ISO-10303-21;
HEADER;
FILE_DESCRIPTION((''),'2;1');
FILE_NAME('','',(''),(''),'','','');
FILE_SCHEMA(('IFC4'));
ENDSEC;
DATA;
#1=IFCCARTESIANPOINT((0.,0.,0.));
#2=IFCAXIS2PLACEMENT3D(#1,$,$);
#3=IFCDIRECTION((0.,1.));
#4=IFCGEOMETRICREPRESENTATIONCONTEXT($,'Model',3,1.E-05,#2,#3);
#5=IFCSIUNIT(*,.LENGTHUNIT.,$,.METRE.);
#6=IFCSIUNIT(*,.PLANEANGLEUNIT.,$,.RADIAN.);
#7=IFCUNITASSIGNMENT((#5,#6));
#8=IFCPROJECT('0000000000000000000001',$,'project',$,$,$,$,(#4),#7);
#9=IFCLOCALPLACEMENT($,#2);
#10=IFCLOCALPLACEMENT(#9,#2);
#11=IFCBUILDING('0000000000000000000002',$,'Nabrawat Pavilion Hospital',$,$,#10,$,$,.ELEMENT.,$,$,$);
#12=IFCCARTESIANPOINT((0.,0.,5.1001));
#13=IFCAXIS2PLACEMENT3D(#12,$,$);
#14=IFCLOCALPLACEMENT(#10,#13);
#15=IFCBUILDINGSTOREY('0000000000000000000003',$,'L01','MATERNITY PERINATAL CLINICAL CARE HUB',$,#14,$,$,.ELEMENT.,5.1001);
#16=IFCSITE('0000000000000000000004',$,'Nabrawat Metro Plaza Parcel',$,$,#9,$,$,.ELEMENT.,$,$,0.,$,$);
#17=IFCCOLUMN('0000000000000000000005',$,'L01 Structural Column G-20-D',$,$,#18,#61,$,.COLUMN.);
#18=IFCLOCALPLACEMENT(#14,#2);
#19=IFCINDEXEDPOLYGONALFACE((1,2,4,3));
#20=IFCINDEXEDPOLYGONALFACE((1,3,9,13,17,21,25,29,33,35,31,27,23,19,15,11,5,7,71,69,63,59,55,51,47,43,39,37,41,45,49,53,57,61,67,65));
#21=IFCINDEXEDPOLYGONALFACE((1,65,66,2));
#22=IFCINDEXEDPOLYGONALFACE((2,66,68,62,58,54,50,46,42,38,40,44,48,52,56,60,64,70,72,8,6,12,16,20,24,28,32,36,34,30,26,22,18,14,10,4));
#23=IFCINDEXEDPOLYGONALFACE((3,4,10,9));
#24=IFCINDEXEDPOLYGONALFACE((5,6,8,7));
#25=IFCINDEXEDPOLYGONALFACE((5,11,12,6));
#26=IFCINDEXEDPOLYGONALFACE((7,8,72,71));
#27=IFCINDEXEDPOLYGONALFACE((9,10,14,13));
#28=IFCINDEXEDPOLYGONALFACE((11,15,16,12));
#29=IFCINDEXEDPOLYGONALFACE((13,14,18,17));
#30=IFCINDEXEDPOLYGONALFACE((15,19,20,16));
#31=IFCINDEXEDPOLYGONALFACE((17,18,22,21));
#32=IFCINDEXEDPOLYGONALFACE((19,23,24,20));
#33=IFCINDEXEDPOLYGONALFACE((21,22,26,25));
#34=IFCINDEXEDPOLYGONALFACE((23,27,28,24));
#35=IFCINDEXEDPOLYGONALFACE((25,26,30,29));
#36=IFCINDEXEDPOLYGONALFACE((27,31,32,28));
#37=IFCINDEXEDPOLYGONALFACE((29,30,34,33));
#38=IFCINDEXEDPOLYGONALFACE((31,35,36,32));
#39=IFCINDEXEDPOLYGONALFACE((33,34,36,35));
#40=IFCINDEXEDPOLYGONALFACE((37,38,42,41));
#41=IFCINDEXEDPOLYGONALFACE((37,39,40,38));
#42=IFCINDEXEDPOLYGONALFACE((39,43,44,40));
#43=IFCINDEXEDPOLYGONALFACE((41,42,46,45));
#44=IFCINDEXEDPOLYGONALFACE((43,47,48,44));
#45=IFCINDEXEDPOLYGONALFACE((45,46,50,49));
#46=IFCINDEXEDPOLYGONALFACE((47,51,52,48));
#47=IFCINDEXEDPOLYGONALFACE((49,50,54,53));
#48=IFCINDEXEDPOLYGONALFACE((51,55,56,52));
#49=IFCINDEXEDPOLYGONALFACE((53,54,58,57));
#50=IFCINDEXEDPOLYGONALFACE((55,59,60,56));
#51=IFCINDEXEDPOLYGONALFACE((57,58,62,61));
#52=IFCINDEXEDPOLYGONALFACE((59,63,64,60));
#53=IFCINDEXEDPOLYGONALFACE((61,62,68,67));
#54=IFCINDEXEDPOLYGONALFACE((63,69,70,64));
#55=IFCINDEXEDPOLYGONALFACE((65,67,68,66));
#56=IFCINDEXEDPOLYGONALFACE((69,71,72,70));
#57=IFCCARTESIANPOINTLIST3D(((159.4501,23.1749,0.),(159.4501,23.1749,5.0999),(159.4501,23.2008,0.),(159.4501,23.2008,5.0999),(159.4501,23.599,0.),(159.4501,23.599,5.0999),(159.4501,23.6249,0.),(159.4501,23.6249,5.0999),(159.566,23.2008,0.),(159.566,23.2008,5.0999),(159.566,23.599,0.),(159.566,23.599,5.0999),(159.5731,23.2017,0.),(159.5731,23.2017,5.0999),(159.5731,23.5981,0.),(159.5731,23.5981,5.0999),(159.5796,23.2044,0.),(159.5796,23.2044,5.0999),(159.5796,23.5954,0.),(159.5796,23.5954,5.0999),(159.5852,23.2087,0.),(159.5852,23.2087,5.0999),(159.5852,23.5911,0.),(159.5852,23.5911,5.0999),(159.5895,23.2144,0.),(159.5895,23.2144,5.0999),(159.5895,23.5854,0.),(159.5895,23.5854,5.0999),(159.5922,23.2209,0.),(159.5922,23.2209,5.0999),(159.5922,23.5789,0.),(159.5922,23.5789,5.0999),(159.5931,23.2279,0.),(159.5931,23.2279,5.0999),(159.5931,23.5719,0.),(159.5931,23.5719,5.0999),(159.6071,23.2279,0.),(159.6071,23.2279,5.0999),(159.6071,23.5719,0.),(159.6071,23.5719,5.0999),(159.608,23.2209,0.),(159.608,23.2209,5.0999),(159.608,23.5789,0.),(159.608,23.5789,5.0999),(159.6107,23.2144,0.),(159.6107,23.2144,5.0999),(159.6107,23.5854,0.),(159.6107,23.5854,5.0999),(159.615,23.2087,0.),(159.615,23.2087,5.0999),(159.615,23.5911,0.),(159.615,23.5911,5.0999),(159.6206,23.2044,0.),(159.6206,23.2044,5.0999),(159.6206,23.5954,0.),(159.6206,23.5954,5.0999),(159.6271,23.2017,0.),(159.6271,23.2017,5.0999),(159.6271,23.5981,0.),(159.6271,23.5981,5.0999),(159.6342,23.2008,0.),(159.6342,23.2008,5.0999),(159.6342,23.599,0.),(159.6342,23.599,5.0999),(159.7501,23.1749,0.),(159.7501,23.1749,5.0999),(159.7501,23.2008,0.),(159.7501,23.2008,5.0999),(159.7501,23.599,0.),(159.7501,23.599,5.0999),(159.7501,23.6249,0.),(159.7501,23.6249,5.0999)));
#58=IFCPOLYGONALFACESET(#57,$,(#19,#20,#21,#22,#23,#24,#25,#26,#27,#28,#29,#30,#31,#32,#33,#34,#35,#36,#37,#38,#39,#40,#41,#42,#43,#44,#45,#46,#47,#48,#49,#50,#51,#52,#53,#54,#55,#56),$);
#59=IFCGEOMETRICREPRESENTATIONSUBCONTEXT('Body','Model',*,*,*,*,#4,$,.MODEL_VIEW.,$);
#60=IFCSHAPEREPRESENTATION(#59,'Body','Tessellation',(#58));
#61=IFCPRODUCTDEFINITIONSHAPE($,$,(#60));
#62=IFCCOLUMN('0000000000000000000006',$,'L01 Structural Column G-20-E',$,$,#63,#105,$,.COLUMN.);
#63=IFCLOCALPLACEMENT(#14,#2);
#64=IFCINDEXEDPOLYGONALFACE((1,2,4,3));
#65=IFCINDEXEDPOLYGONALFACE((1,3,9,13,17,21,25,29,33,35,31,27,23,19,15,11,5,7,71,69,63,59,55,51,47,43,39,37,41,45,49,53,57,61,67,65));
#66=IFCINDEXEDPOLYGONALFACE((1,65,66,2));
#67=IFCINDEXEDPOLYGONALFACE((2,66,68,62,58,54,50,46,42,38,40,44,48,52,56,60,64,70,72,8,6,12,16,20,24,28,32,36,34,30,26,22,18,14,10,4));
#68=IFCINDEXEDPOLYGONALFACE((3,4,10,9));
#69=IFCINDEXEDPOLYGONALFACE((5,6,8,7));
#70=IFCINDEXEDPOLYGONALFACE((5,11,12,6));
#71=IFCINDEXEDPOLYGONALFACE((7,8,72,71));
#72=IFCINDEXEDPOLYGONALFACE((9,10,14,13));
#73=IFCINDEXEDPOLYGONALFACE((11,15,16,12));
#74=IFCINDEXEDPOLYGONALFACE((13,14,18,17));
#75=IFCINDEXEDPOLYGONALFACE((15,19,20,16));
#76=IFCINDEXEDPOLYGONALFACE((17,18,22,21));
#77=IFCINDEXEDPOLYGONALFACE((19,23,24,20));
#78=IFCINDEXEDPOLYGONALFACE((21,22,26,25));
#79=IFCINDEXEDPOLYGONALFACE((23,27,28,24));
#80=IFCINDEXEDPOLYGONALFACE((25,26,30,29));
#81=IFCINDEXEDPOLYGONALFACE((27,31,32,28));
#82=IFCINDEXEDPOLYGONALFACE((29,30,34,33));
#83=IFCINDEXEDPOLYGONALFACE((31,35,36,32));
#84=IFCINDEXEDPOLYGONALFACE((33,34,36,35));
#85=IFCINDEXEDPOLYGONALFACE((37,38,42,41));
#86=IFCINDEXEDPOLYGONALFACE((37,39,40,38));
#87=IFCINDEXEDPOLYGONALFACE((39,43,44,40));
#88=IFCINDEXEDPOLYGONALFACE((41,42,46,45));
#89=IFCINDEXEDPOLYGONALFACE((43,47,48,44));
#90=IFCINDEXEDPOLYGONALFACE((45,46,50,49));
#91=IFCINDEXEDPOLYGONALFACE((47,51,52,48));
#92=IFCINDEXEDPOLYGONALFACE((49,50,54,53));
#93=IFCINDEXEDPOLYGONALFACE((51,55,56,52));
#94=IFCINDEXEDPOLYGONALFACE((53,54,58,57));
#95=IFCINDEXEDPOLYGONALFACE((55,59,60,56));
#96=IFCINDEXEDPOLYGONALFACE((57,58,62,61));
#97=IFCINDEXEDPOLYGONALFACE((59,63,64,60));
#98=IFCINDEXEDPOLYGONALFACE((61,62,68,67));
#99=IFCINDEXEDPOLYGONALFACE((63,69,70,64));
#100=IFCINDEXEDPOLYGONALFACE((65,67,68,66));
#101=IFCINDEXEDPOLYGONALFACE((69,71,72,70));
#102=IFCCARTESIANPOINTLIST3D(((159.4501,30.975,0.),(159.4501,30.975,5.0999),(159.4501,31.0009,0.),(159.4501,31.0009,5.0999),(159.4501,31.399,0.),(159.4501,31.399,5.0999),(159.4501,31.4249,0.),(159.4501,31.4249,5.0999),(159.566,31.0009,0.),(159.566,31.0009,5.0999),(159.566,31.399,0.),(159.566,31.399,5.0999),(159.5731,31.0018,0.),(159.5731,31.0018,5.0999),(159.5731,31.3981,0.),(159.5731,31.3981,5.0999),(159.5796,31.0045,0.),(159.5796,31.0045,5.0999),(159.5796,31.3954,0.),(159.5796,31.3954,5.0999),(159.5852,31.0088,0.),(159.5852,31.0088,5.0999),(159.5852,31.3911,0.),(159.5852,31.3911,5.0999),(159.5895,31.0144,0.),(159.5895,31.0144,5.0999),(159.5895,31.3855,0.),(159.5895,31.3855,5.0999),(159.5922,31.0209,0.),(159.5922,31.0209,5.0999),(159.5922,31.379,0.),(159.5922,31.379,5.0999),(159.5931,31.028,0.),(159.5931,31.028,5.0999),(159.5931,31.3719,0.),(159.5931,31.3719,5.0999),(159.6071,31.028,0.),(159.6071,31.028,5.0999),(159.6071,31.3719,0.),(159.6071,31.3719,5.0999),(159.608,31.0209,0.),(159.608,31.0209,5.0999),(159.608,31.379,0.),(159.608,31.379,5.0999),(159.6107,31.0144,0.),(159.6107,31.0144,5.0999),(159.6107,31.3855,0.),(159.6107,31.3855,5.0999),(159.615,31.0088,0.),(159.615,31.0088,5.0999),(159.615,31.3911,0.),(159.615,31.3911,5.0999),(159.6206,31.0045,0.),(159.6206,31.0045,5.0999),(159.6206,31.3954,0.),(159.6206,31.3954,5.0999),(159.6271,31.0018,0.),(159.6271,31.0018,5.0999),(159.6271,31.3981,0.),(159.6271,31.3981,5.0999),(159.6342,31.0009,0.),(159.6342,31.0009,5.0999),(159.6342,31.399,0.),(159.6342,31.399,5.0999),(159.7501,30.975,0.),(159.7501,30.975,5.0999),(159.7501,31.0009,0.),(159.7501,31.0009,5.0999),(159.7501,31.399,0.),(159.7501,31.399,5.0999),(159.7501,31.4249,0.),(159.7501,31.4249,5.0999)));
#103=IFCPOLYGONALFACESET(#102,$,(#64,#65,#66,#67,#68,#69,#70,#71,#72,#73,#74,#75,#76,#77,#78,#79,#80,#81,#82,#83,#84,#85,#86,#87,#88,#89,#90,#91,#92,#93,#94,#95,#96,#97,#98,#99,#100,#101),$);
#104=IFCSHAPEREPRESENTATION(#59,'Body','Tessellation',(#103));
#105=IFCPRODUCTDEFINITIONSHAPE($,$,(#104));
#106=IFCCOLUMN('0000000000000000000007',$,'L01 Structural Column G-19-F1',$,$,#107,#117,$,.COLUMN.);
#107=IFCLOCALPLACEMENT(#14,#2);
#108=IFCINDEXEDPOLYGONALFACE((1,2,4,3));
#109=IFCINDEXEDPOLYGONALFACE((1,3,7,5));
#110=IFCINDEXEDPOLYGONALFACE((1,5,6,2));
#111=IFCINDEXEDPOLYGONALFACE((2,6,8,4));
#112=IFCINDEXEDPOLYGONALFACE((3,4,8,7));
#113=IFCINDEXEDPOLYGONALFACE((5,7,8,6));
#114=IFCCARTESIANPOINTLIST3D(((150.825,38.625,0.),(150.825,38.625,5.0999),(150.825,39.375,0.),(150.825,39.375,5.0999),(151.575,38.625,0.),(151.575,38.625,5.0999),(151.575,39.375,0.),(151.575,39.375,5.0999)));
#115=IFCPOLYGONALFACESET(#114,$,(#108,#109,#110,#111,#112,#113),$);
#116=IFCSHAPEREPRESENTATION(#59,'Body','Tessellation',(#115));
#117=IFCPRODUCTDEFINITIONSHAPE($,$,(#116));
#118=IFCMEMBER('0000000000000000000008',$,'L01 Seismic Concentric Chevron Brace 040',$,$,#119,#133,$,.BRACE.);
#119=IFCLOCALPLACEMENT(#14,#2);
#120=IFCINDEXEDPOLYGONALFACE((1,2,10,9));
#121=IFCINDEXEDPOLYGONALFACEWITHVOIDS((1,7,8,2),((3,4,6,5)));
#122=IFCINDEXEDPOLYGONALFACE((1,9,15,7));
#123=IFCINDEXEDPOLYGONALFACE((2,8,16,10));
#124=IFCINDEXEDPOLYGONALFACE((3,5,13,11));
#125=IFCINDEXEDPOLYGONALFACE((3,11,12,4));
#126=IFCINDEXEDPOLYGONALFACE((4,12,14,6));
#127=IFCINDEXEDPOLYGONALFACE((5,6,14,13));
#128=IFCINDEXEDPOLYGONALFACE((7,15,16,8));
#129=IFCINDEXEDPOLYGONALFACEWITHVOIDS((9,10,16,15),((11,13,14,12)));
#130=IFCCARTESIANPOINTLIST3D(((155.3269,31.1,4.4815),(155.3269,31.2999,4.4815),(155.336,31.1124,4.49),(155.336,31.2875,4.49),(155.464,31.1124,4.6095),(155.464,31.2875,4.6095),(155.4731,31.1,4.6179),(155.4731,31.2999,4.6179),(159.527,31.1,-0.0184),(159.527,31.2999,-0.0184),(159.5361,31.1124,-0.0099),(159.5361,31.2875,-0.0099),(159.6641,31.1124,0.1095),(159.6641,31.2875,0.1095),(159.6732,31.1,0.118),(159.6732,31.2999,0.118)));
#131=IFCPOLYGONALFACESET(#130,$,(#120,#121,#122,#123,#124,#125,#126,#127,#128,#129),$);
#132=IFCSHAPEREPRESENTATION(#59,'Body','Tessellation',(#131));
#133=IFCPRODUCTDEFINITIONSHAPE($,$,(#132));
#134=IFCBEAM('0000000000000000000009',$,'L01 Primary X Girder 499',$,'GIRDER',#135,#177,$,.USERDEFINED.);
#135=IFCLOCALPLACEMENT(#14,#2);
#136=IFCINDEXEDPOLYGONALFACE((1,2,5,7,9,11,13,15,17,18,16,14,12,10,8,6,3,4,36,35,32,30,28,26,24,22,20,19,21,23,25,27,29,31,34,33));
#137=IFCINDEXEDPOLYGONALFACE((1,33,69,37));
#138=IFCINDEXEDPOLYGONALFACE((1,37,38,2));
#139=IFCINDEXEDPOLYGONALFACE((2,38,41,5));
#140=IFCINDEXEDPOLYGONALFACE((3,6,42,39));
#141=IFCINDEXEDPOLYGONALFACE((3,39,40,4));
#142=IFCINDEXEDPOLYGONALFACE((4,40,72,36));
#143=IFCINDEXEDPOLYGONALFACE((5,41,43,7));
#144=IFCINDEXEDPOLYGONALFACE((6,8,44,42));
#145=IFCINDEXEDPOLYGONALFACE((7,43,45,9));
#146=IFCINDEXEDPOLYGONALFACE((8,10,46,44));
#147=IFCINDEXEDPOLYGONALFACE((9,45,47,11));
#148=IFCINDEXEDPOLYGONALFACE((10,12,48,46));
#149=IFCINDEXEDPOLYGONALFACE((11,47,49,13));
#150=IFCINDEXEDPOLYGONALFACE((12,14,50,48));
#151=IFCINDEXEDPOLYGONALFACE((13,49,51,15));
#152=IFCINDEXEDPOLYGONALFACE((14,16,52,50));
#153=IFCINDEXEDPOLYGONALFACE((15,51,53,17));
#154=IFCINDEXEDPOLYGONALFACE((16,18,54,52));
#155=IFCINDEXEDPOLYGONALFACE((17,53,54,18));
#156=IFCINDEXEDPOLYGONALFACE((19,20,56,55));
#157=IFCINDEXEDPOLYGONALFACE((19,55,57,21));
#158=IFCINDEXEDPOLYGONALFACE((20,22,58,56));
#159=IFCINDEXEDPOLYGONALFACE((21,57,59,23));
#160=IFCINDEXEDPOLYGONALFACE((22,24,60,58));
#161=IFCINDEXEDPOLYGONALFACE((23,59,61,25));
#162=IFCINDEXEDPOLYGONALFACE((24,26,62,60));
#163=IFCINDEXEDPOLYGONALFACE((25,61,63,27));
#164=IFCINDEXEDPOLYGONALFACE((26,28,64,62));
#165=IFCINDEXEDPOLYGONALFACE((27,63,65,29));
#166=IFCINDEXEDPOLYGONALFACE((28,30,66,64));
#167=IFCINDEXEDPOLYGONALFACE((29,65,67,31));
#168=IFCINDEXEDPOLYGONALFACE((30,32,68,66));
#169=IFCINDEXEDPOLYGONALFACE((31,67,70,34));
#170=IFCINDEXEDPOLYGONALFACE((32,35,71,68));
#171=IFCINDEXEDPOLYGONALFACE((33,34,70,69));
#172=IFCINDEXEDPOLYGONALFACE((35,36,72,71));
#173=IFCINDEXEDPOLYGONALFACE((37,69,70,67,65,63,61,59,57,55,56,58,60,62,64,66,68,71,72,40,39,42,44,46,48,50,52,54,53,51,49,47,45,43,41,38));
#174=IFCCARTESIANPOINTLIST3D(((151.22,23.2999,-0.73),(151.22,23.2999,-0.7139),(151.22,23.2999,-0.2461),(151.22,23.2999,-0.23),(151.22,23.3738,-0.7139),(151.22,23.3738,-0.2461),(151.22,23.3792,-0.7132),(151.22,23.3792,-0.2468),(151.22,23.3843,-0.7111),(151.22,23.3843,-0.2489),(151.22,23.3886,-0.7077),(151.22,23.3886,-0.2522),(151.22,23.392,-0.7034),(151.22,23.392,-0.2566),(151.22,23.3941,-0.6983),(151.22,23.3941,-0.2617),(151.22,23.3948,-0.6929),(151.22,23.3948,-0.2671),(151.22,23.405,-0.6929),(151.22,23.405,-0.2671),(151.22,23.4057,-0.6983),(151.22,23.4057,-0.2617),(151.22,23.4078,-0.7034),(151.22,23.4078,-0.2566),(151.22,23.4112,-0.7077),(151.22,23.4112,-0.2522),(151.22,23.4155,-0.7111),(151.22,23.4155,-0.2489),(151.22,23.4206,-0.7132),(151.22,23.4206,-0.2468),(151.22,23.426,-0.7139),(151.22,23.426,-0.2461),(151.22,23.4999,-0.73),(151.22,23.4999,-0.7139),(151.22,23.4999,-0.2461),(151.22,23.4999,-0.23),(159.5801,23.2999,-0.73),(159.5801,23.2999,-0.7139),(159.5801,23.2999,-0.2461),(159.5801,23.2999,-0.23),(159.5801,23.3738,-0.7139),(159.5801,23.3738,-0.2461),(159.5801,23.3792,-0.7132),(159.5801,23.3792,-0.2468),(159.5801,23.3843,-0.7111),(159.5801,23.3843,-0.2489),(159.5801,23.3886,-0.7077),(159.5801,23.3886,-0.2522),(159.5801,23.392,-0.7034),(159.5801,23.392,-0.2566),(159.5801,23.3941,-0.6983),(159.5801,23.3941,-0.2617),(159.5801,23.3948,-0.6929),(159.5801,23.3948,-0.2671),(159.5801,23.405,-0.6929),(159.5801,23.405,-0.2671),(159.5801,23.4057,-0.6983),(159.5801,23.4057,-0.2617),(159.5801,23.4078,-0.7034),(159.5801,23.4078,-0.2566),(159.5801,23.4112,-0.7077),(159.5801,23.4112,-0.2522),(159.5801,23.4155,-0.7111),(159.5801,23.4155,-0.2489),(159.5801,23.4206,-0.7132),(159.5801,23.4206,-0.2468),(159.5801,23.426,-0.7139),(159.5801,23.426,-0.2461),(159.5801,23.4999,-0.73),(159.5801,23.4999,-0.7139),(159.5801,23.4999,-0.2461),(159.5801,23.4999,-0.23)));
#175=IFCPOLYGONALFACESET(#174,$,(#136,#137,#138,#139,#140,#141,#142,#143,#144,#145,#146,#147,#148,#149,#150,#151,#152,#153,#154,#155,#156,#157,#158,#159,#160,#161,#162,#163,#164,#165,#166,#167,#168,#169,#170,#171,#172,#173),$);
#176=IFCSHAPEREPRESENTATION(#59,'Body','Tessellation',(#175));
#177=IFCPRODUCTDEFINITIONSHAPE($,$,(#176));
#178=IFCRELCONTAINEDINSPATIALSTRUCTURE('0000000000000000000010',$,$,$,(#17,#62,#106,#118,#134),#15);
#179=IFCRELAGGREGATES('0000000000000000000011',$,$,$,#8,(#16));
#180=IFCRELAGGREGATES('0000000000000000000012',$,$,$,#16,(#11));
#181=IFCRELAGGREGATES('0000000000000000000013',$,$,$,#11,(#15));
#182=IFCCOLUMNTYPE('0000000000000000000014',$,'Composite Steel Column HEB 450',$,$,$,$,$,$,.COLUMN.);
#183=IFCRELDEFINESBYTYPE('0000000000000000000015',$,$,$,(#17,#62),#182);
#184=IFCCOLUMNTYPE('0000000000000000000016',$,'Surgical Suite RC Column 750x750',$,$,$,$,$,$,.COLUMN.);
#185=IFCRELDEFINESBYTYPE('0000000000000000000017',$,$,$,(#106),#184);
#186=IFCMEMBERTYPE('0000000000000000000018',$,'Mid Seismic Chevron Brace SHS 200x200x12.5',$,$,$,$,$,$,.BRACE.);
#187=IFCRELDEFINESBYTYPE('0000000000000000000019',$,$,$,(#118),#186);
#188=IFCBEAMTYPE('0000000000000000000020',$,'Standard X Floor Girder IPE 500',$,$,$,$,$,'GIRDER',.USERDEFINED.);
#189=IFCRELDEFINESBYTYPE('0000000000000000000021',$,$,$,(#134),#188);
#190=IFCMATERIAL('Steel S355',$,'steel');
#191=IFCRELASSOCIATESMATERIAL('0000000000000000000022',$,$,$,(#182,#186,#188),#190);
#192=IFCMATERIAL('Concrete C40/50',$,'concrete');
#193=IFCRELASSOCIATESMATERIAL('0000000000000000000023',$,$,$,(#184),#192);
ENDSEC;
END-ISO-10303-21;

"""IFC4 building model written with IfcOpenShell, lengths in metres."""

from ifc_helpers import new_model, si_unit, direction, frame, origin, origin_2d, place, context, subcontext, project, spatial, rectangle, hollow_rectangle, i_section, extrude, material, material_profile, profile_set, type_object, element, save


model = new_model("IFC4")

# Units and contexts
model_context = context("Model", 3, precision=1e-05, world=origin(), true_north=direction((0.0, 1.0)))
body_context = subcontext(model_context, "Body", "Model", "MODEL_VIEW")
ifc_project = project(units=[si_unit("LENGTHUNIT", "METRE"), si_unit("PLANEANGLEUNIT", "RADIAN")], contexts=[model_context])

# Site, building, storey
site_placement = place(None, origin())
site = spatial("IfcSite", under=ifc_project, at=site_placement, Name="Nabrawat Metro Plaza Parcel", CompositionType="ELEMENT", RefElevation=0.0)
building_placement = place(site_placement, origin())
building = spatial("IfcBuilding", under=site, at=building_placement, Name="Nabrawat Pavilion Hospital", CompositionType="ELEMENT")
storey_placement = place(building_placement, frame((0.0, 0.0, 5.1001)))
storey = spatial("IfcBuildingStorey", under=building, at=storey_placement, Name="L01", Description="MATERNITY PERINATAL CLINICAL CARE HUB", CompositionType="ELEMENT", Elevation=5.1001)

# Columns
ifc_material_1 = material(Name="Steel S355", Category="steel")
ifc_material_profile_1 = material_profile(ifc_material_1, i_section(OverallWidth=0.3, OverallDepth=0.45, WebThickness=0.0139, FlangeThickness=0.0259, FilletRadius=0.0271, at=origin_2d()), Name="HEB 450")
ifc_profile_set_1 = profile_set([ifc_material_profile_1], Name="Steel S355")
column_type_1 = type_object("IfcColumnType", Name="Composite Steel Column HEB 450", PredefinedType="COLUMN", material=ifc_profile_set_1)
for number, where, z_axis, x_axis, name in (
    (1, (159.6001, 23.3999, 0.0), (0.0, 0.0, 1.0), (1.0, 0.0, 0.0), "L01 Structural Column G-20-D"),
    (2, (159.6001, 31.2, 0.0), (0.0, 0.0, 1.0), (1.0, 0.0, 0.0), "L01 Structural Column G-20-E"),
):
    element("IfcColumn", number, at=place(storey_placement, frame(where, z_axis=z_axis, x_axis=x_axis)), inside=storey, type_object=column_type_1, Name=name, PredefinedType="COLUMN", context=body_context, shape_type="SweptSolid", body=[
        extrude(i_section(OverallWidth=0.3, OverallDepth=0.45, WebThickness=0.0139, FlangeThickness=0.0259, FilletRadius=0.0271, at=origin_2d()), origin(), (0.0, 0.0, 1.0), 5.0999),
    ])
ifc_material_2 = material(Name="Concrete C40/50", Category="concrete")
ifc_material_profile_2 = material_profile(ifc_material_2, rectangle(XDim=0.75, YDim=0.75, at=origin_2d()), Name="RC 750x750")
ifc_profile_set_2 = profile_set([ifc_material_profile_2], Name="Concrete C40/50")
column_type_2 = type_object("IfcColumnType", Name="Surgical Suite RC Column 750x750", PredefinedType="COLUMN", material=ifc_profile_set_2)
column_placement = place(storey_placement, frame((151.2, 39.0, 0.0), z_axis=(0.0, 0.0, 1.0), x_axis=(1.0, 0.0, 0.0)))
element("IfcColumn", 3, at=column_placement, inside=storey, type_object=column_type_2, Name="L01 Structural Column G-19-F1", PredefinedType="COLUMN", context=body_context, shape_type="SweptSolid", body=[
    extrude(rectangle(XDim=0.75, YDim=0.75, at=origin_2d()), origin(), (0.0, 0.0, 1.0), 5.0999),
])

# Member
ifc_material_profile_3 = material_profile(ifc_material_1, hollow_rectangle(XDim=0.2, YDim=0.2, WallThickness=0.0125, at=origin_2d()), Name="SHS 200x200x12.5")
ifc_profile_set_3 = profile_set([ifc_material_profile_3], Name="Steel S355")
member_type = type_object("IfcMemberType", Name="Mid Seismic Chevron Brace SHS 200x200x12.5", PredefinedType="BRACE", material=ifc_profile_set_3)
member_placement = place(storey_placement, frame((159.6001, 31.2, 0.0498), z_axis=(-0.682335, 0.0, 0.731039), x_axis=(0.0, -1.0, 0.0)))
element("IfcMember", 4, at=member_placement, inside=storey, type_object=member_type, Name="L01 Seismic Concentric Chevron Brace 040", PredefinedType="BRACE", context=body_context, shape_type="SweptSolid", body=[
    extrude(hollow_rectangle(XDim=0.2, YDim=0.2, WallThickness=0.0125, at=origin_2d()), origin(), (0.0, 0.0, 1.0), 6.1555),
])

# Beam
ifc_material_profile_4 = material_profile(ifc_material_1, i_section(OverallWidth=0.2, OverallDepth=0.5, WebThickness=0.0103, FlangeThickness=0.0161, FilletRadius=0.021, at=origin_2d()), Name="IPE 500")
ifc_profile_set_4 = profile_set([ifc_material_profile_4], Name="Steel S355")
beam_type_1 = type_object("IfcBeamType", Name="Standard X Floor Girder IPE 500", ElementType="GIRDER", PredefinedType="USERDEFINED", material=ifc_profile_set_4)
beam_1_placement = place(storey_placement, frame((151.22, 23.3999, -0.48), z_axis=(1.0, 0.0, 0.0), x_axis=(0.0, 1.0, 0.0)))
element("IfcBeam", 5, at=beam_1_placement, inside=storey, type_object=beam_type_1, Name="L01 Primary X Girder 499", ObjectType="GIRDER", PredefinedType="USERDEFINED", context=body_context, shape_type="SweptSolid", body=[
    extrude(i_section(OverallWidth=0.2, OverallDepth=0.5, WebThickness=0.0103, FlangeThickness=0.0161, FilletRadius=0.021, at=origin_2d()), origin(), (0.0, 0.0, 1.0), 8.3601),
])

save(model, "model.ifc")
